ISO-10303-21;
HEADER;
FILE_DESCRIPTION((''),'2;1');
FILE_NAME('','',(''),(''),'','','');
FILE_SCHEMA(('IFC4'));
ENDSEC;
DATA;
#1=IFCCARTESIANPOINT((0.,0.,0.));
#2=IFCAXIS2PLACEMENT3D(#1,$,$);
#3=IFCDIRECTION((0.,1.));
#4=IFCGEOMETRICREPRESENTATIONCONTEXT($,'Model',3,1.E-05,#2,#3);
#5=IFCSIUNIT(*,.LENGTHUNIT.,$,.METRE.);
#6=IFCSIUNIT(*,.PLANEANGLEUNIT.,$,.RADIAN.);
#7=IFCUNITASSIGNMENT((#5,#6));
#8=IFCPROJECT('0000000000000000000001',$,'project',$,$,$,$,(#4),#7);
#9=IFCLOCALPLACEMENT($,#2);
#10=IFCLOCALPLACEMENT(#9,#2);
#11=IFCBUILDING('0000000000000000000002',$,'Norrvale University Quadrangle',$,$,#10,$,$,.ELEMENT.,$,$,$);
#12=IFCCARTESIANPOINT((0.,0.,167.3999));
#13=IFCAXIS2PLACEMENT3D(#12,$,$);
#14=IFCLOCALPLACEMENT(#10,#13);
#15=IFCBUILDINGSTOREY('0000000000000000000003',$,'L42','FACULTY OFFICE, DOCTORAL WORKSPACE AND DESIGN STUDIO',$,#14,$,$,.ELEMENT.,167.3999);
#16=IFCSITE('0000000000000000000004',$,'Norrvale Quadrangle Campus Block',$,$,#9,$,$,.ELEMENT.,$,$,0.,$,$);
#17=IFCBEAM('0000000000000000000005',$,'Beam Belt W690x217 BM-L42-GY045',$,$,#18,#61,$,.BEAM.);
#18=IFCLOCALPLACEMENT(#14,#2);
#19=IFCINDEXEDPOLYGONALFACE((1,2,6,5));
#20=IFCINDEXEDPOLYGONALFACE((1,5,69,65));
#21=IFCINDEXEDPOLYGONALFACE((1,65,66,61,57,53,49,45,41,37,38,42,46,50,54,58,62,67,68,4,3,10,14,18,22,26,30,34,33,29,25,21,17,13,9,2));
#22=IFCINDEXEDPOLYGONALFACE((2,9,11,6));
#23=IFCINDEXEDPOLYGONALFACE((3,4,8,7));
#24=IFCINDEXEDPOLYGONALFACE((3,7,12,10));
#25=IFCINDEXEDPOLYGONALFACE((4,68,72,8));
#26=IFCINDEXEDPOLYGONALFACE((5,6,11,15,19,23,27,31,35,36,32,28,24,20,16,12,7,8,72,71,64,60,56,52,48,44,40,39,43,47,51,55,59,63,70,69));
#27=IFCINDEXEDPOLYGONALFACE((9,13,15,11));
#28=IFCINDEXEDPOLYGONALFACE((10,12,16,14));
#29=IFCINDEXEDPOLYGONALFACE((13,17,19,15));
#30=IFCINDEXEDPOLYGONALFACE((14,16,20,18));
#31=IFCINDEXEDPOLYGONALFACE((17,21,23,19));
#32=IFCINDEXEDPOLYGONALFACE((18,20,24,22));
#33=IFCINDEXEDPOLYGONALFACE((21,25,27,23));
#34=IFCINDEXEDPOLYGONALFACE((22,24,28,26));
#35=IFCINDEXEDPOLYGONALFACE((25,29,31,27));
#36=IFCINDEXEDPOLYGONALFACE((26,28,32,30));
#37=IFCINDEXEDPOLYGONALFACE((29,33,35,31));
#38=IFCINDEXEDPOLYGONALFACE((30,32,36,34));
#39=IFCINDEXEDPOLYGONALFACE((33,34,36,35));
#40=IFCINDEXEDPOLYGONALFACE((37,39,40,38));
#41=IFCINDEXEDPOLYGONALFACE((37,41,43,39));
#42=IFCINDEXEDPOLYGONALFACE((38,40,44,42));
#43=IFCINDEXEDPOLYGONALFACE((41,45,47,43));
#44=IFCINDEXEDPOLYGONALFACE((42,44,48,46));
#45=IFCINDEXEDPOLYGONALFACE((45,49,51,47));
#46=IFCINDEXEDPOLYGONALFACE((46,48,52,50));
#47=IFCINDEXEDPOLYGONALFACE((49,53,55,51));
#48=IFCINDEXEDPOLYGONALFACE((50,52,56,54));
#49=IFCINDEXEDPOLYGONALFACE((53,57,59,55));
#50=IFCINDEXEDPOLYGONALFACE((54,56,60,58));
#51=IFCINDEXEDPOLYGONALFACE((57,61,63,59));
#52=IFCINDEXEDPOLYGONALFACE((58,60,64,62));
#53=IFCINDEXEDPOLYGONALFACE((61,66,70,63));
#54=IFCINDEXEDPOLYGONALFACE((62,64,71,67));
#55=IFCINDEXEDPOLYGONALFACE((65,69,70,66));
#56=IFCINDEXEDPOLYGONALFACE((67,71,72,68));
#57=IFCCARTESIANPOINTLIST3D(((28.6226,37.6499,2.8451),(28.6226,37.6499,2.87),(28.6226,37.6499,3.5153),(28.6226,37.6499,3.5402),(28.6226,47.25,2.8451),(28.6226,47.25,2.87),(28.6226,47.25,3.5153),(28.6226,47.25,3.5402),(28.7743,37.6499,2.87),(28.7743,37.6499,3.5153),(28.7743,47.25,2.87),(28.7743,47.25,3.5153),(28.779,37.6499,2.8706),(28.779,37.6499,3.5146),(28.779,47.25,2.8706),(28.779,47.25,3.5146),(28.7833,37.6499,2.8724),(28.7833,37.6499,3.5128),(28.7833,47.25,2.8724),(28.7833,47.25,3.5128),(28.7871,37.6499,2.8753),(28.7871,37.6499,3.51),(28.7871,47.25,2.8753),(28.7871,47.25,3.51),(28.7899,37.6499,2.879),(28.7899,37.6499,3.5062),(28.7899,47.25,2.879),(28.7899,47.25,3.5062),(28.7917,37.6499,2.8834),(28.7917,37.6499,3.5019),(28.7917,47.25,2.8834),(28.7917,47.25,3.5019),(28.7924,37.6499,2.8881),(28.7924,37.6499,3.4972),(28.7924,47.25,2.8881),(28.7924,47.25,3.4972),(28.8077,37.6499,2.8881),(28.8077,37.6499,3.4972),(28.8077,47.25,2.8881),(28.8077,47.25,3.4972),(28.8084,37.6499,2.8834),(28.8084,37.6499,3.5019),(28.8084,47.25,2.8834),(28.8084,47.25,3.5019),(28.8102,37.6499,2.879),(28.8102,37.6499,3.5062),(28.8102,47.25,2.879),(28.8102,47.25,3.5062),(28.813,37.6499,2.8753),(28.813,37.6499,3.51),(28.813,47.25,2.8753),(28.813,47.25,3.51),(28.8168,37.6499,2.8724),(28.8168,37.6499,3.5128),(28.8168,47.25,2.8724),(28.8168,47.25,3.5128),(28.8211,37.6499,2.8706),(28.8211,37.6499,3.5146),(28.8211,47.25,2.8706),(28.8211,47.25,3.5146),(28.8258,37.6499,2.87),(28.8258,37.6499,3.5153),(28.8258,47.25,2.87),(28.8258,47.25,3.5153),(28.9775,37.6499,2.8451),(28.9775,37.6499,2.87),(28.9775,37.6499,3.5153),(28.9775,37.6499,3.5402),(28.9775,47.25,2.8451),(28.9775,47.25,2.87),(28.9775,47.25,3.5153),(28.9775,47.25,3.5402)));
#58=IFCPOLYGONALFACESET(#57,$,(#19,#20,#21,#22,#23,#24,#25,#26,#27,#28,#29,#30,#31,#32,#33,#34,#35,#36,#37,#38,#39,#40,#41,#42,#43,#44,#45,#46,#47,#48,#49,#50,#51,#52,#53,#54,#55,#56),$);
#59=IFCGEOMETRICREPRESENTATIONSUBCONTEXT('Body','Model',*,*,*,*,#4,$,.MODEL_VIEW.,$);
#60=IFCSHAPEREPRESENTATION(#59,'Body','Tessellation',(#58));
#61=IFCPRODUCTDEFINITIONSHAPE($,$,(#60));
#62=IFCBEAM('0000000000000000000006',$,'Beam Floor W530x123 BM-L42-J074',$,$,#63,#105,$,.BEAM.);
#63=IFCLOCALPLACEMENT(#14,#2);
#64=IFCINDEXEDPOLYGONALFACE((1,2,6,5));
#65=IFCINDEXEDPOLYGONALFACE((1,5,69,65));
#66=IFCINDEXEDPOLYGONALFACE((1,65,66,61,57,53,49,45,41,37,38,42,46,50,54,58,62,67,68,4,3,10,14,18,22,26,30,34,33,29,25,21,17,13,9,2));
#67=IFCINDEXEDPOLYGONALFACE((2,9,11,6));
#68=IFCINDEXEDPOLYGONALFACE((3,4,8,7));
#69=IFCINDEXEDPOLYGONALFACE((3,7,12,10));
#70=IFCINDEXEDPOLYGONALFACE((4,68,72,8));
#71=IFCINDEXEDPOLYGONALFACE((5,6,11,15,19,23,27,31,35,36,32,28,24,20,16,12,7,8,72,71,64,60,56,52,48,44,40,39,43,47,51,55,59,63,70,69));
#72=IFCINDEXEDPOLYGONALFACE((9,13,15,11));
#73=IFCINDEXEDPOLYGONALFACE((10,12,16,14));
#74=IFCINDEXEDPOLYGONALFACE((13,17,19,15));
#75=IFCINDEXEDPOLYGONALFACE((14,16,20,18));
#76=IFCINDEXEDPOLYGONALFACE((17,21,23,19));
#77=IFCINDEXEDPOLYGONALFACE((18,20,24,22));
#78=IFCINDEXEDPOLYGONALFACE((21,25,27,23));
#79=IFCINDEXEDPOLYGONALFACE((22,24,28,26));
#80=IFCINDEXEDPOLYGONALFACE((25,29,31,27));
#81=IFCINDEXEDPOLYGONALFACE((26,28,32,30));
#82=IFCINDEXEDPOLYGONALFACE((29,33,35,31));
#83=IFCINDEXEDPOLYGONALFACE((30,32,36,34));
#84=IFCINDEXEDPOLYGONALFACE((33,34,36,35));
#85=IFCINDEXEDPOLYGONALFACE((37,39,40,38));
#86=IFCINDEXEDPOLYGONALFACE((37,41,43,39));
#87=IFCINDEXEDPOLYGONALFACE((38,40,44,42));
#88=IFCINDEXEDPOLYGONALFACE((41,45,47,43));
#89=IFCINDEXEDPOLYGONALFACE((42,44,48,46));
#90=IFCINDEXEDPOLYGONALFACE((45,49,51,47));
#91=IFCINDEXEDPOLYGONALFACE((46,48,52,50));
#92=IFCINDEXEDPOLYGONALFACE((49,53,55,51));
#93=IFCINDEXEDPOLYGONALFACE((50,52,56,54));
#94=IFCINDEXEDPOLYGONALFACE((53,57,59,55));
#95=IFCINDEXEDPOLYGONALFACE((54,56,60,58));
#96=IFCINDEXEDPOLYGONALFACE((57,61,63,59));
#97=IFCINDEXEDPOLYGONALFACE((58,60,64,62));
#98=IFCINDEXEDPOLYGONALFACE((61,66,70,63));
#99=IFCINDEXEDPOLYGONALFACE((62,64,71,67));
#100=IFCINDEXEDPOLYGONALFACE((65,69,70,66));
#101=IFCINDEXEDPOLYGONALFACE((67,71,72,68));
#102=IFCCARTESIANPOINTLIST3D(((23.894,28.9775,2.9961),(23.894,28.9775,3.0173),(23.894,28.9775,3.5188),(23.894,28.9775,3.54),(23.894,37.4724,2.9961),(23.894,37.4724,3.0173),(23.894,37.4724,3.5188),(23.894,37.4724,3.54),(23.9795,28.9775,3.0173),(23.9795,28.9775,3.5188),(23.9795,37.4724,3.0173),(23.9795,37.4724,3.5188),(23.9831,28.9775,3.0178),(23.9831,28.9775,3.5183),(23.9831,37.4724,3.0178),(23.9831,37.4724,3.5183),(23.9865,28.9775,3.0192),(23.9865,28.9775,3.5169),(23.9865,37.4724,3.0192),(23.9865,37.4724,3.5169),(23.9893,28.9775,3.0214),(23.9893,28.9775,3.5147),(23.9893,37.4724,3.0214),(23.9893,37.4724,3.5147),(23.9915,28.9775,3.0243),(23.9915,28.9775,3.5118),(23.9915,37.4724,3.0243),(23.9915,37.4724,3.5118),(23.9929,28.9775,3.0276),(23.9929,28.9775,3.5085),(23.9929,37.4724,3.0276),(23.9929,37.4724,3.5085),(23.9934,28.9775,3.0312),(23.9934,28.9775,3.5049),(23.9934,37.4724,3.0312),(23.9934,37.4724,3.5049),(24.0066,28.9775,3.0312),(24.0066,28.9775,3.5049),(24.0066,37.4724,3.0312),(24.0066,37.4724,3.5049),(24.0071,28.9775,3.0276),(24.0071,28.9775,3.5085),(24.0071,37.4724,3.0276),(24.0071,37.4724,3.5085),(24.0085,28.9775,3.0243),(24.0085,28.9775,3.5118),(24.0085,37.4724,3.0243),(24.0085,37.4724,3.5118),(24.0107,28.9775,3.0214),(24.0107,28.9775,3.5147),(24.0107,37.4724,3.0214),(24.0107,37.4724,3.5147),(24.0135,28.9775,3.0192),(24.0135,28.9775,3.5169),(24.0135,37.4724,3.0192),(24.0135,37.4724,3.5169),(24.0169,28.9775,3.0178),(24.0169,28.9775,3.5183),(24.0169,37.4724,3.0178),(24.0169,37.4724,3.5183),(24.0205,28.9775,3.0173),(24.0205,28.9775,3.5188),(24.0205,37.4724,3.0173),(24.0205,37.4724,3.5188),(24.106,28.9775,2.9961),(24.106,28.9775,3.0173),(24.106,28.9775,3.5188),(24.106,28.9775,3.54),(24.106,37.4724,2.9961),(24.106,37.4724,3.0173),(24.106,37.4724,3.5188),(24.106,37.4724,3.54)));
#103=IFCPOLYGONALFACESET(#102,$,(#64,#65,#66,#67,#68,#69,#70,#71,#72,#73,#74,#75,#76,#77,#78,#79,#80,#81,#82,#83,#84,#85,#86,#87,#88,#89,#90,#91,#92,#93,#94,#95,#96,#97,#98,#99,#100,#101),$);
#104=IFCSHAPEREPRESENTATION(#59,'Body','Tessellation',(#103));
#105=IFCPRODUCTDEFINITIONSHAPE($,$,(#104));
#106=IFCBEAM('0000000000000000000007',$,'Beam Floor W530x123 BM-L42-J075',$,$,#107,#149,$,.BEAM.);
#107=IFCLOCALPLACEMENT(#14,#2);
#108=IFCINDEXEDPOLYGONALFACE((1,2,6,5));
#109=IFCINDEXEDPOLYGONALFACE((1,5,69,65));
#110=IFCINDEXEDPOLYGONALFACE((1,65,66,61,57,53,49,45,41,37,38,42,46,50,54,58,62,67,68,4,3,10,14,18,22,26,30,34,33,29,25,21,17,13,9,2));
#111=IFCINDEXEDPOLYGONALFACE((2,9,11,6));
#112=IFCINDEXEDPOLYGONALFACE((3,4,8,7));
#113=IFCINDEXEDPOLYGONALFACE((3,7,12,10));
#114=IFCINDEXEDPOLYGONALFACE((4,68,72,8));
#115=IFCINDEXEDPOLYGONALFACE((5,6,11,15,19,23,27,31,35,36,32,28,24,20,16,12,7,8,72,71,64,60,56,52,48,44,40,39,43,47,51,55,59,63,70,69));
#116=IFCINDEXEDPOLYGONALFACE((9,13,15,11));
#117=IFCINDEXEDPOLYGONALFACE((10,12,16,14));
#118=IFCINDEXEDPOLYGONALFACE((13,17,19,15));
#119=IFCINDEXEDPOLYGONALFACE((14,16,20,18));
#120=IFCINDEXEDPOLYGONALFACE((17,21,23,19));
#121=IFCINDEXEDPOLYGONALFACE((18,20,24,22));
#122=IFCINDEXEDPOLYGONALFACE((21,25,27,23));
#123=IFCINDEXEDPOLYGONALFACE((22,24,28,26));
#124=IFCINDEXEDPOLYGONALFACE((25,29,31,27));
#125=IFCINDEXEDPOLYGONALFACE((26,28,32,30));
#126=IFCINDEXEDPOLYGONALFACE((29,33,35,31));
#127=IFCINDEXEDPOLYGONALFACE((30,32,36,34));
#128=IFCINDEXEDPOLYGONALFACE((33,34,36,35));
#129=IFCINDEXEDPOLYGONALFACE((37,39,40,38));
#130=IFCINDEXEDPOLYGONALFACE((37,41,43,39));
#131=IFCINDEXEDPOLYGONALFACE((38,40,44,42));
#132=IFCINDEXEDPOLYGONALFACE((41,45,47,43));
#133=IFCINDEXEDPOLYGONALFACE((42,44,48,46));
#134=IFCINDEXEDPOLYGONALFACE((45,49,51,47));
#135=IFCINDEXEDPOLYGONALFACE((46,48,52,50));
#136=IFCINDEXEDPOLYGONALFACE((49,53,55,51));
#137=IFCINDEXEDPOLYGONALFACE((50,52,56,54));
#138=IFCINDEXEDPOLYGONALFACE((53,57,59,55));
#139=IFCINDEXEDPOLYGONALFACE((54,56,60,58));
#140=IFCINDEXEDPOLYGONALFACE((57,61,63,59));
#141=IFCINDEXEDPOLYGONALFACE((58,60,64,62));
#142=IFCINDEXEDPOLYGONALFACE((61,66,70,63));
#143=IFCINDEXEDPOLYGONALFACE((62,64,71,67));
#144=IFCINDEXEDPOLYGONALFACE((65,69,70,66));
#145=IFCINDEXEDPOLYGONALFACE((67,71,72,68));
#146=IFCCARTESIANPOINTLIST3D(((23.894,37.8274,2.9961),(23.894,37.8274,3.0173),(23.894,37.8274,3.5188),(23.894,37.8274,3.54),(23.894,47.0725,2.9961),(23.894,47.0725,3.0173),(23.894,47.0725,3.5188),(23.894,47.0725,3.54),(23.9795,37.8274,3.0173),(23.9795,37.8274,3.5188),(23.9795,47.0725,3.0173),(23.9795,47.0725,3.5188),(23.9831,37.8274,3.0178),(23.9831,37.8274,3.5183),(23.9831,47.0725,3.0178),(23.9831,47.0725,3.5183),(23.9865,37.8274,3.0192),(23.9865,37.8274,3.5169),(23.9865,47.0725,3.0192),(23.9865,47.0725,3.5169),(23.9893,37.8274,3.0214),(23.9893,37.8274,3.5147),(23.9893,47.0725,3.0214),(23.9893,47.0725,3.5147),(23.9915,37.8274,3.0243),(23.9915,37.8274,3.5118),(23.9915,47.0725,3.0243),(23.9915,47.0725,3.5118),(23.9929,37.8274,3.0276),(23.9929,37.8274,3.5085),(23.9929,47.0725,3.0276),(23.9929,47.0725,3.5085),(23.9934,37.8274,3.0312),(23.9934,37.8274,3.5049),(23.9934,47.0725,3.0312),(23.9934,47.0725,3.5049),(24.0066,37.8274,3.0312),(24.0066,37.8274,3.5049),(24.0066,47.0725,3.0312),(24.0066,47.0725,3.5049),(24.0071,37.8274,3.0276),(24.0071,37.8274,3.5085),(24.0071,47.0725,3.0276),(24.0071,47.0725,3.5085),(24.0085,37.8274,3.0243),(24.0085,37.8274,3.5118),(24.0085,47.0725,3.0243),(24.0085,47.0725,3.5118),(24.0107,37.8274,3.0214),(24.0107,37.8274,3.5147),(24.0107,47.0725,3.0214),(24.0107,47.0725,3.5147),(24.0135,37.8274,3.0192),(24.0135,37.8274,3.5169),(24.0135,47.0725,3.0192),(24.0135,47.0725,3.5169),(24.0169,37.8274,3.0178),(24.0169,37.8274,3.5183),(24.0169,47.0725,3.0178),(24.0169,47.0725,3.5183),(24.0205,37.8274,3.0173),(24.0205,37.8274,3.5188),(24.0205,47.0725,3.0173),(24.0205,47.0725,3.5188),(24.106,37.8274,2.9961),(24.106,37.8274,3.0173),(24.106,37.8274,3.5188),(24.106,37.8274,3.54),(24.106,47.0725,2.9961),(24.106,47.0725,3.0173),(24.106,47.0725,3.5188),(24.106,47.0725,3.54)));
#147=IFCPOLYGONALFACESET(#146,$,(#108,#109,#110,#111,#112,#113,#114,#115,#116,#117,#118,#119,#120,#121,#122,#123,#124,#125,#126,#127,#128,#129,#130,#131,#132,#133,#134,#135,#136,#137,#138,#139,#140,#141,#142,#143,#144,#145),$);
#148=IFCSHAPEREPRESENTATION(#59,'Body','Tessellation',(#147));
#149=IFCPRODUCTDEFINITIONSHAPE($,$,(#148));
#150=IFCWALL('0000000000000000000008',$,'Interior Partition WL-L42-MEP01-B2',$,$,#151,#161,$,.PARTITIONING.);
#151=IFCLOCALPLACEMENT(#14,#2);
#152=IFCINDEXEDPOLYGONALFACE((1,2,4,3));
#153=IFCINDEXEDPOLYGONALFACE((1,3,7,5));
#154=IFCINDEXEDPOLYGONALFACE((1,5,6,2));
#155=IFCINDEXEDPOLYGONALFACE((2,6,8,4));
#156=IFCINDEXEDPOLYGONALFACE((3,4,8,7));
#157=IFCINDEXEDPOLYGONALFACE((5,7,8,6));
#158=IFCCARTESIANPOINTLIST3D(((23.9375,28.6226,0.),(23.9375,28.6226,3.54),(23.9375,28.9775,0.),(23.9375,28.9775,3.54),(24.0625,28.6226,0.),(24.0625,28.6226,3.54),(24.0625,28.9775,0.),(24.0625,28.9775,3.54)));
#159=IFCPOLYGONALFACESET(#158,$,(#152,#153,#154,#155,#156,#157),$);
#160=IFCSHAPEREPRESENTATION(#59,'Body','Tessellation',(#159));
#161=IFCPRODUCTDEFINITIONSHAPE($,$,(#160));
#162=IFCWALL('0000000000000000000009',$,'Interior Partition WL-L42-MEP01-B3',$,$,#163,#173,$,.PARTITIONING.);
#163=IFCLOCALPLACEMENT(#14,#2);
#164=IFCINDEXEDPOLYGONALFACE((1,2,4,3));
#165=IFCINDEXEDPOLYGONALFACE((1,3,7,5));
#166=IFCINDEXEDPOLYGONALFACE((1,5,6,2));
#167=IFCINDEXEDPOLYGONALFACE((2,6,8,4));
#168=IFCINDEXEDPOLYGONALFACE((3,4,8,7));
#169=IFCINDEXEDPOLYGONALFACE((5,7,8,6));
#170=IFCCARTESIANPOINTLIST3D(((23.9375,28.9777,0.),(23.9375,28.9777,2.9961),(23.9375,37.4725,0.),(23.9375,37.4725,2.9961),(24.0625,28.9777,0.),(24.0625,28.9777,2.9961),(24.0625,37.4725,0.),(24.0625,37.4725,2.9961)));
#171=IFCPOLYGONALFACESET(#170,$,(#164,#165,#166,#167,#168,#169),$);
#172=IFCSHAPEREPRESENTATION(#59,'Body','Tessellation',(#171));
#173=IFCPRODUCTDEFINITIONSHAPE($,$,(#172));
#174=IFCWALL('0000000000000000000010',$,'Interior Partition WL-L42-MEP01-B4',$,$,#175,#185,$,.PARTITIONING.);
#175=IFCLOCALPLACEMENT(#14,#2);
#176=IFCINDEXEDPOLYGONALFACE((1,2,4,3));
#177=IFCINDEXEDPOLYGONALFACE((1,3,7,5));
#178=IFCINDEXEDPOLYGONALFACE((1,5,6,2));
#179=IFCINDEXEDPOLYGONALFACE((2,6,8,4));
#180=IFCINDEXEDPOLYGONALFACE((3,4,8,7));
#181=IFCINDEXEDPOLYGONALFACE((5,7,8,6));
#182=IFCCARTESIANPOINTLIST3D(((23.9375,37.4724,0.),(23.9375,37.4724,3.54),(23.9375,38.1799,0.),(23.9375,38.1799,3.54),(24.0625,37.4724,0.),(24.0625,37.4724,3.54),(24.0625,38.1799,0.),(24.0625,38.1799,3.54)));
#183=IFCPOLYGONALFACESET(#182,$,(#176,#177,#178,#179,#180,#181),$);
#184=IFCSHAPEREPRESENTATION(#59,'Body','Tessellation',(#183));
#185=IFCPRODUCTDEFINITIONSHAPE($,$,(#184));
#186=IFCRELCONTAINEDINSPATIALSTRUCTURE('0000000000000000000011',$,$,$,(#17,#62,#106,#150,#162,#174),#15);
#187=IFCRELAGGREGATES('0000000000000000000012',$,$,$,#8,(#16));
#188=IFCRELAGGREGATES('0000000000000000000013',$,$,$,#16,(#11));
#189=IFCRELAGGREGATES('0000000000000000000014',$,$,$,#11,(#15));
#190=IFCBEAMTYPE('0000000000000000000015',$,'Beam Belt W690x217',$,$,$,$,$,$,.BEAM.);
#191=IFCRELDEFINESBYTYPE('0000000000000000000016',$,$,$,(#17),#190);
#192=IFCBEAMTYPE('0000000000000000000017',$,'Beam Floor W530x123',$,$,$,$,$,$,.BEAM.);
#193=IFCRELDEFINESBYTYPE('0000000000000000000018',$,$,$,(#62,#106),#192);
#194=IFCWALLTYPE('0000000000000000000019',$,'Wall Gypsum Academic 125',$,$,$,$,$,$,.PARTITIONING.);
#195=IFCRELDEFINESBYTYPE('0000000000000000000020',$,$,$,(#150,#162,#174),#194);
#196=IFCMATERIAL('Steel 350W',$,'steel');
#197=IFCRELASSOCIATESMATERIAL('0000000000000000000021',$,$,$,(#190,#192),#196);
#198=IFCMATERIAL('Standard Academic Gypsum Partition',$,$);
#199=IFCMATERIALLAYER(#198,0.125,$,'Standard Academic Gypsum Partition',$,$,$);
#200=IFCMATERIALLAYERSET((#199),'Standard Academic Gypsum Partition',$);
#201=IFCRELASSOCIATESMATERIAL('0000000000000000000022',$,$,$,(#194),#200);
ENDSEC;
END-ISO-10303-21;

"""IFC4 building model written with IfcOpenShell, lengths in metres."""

from ifc_helpers import new_model, si_unit, direction, frame, frame_2d, origin, origin_2d, place, context, subcontext, project, spatial, rectangle, i_section, extrude, material, layer, layer_set, material_profile, profile_set, type_object, element, save


model = new_model("IFC4")

# Units and contexts
model_context = context("Model", 3, precision=1e-05, world=origin(), true_north=direction((0.0, 1.0)))
body_context = subcontext(model_context, "Body", "Model", "MODEL_VIEW")
ifc_project = project(units=[si_unit("LENGTHUNIT", "METRE"), si_unit("PLANEANGLEUNIT", "RADIAN")], contexts=[model_context])

# Site, building, storey
site_placement = place(None, origin())
site = spatial("IfcSite", under=ifc_project, at=site_placement, Name="Norrvale Quadrangle Campus Block", CompositionType="ELEMENT", RefElevation=0.0)
building_placement = place(site_placement, origin())
building = spatial("IfcBuilding", under=site, at=building_placement, Name="Norrvale University Quadrangle", CompositionType="ELEMENT")
storey_placement = place(building_placement, frame((0.0, 0.0, 167.3999)))
storey = spatial("IfcBuildingStorey", under=building, at=storey_placement, Name="L42", Description="FACULTY OFFICE, DOCTORAL WORKSPACE AND DESIGN STUDIO", CompositionType="ELEMENT", Elevation=167.3999)

# Beams
ifc_material_1 = material(Name="Steel 350W", Category="steel")
ifc_material_profile_1 = material_profile(ifc_material_1, i_section(OverallWidth=0.355, OverallDepth=0.6951, WebThickness=0.0154, FlangeThickness=0.0249, FilletRadius=0.0181, at=origin_2d()), Name="Steel 350W")
ifc_profile_set_1 = profile_set([ifc_material_profile_1], Name="Steel 350W")
beam_type_1 = type_object("IfcBeamType", Name="Beam Belt W690x217", PredefinedType="BEAM", material=ifc_profile_set_1)
beam_1_placement = place(storey_placement, frame((28.8, 37.6499, 3.1926), z_axis=(0.0, 1.0, 0.0), x_axis=(-1.0, 0.0, 0.0)))
element("IfcBeam", 1, at=beam_1_placement, inside=storey, type_object=beam_type_1, Name="Beam Belt W690x217 BM-L42-GY045", PredefinedType="BEAM", context=body_context, shape_type="SweptSolid", body=[
    extrude(i_section(OverallWidth=0.355, OverallDepth=0.6951, WebThickness=0.0154, FlangeThickness=0.0249, FilletRadius=0.0181, at=origin_2d()), origin(), (0.0, 0.0, 1.0), 9.6001),
])
ifc_material_profile_2 = material_profile(ifc_material_1, i_section(OverallWidth=0.2119, OverallDepth=0.5439, WebThickness=0.0132, FlangeThickness=0.0212, FilletRadius=0.0139, at=origin_2d()), Name="Steel 350W")
ifc_profile_set_2 = profile_set([ifc_material_profile_2], Name="Steel 350W")
beam_type_2 = type_object("IfcBeamType", Name="Beam Floor W530x123", PredefinedType="BEAM", material=ifc_profile_set_2)
beam_2_placement = place(storey_placement, frame((24.0, 28.9775, 3.2681), z_axis=(0.0, 1.0, 0.0), x_axis=(-1.0, 0.0, 0.0)))
element("IfcBeam", 2, at=beam_2_placement, inside=storey, type_object=beam_type_2, Name="Beam Floor W530x123 BM-L42-J074", PredefinedType="BEAM", context=body_context, shape_type="SweptSolid", body=[
    extrude(i_section(OverallWidth=0.2119, OverallDepth=0.5439, WebThickness=0.0132, FlangeThickness=0.0212, FilletRadius=0.0139, at=origin_2d()), origin(), (0.0, 0.0, 1.0), 8.4949),
])
beam_3_placement = place(storey_placement, frame((24.0, 37.8274, 3.2681), z_axis=(0.0, 1.0, 0.0), x_axis=(-1.0, 0.0, 0.0)))
element("IfcBeam", 3, at=beam_3_placement, inside=storey, type_object=beam_type_2, Name="Beam Floor W530x123 BM-L42-J075", PredefinedType="BEAM", context=body_context, shape_type="SweptSolid", body=[
    extrude(i_section(OverallWidth=0.2119, OverallDepth=0.5439, WebThickness=0.0132, FlangeThickness=0.0212, FilletRadius=0.0139, at=origin_2d()), origin(), (0.0, 0.0, 1.0), 9.2451),
])

# Walls
ifc_material_2 = material(Name="Standard Academic Gypsum Partition")
ifc_layer_1 = layer(ifc_material_2, 0.125, Name="Standard Academic Gypsum Partition")
ifc_layer_set_1 = layer_set([ifc_layer_1], Name="Standard Academic Gypsum Partition")
wall_type_1 = type_object("IfcWallType", Name="Wall Gypsum Academic 125", PredefinedType="PARTITIONING", material=ifc_layer_set_1)
wall_1_placement = place(storey_placement, frame((24.0, 28.6226, 0.0), z_axis=(0.0, 0.0, 1.0), x_axis=(0.0, 1.0, 0.0)))
element("IfcWall", 4, at=wall_1_placement, inside=storey, type_object=wall_type_1, Name="Interior Partition WL-L42-MEP01-B2", PredefinedType="PARTITIONING", context=body_context, shape_type="SweptSolid", body=[
    extrude(rectangle(XDim=0.355, YDim=0.125, at=frame_2d((0.1775, 0.0))), origin(), (0.0, 0.0, 1.0), 3.54),
])
wall_2_placement = place(storey_placement, frame((24.0, 28.9775, 0.0), z_axis=(0.0, 0.0, 1.0), x_axis=(0.0, 1.0, 0.0)))
element("IfcWall", 5, at=wall_2_placement, inside=storey, type_object=wall_type_1, Name="Interior Partition WL-L42-MEP01-B3", PredefinedType="PARTITIONING", context=body_context, shape_type="SweptSolid", body=[
    extrude(rectangle(XDim=8.4949, YDim=0.125, at=frame_2d((4.2476, 0.0))), origin(), (0.0, 0.0, 1.0), 2.9961),
])
wall_3_placement = place(storey_placement, frame((24.0, 37.4724, 0.0), z_axis=(0.0, 0.0, 1.0), x_axis=(0.0, 1.0, 0.0)))
element("IfcWall", 6, at=wall_3_placement, inside=storey, type_object=wall_type_1, Name="Interior Partition WL-L42-MEP01-B4", PredefinedType="PARTITIONING", context=body_context, shape_type="SweptSolid", body=[
    extrude(rectangle(XDim=0.7075, YDim=0.125, at=frame_2d((0.3538, 0.0))), origin(), (0.0, 0.0, 1.0), 3.54),
])

save(model, "model.ifc")
